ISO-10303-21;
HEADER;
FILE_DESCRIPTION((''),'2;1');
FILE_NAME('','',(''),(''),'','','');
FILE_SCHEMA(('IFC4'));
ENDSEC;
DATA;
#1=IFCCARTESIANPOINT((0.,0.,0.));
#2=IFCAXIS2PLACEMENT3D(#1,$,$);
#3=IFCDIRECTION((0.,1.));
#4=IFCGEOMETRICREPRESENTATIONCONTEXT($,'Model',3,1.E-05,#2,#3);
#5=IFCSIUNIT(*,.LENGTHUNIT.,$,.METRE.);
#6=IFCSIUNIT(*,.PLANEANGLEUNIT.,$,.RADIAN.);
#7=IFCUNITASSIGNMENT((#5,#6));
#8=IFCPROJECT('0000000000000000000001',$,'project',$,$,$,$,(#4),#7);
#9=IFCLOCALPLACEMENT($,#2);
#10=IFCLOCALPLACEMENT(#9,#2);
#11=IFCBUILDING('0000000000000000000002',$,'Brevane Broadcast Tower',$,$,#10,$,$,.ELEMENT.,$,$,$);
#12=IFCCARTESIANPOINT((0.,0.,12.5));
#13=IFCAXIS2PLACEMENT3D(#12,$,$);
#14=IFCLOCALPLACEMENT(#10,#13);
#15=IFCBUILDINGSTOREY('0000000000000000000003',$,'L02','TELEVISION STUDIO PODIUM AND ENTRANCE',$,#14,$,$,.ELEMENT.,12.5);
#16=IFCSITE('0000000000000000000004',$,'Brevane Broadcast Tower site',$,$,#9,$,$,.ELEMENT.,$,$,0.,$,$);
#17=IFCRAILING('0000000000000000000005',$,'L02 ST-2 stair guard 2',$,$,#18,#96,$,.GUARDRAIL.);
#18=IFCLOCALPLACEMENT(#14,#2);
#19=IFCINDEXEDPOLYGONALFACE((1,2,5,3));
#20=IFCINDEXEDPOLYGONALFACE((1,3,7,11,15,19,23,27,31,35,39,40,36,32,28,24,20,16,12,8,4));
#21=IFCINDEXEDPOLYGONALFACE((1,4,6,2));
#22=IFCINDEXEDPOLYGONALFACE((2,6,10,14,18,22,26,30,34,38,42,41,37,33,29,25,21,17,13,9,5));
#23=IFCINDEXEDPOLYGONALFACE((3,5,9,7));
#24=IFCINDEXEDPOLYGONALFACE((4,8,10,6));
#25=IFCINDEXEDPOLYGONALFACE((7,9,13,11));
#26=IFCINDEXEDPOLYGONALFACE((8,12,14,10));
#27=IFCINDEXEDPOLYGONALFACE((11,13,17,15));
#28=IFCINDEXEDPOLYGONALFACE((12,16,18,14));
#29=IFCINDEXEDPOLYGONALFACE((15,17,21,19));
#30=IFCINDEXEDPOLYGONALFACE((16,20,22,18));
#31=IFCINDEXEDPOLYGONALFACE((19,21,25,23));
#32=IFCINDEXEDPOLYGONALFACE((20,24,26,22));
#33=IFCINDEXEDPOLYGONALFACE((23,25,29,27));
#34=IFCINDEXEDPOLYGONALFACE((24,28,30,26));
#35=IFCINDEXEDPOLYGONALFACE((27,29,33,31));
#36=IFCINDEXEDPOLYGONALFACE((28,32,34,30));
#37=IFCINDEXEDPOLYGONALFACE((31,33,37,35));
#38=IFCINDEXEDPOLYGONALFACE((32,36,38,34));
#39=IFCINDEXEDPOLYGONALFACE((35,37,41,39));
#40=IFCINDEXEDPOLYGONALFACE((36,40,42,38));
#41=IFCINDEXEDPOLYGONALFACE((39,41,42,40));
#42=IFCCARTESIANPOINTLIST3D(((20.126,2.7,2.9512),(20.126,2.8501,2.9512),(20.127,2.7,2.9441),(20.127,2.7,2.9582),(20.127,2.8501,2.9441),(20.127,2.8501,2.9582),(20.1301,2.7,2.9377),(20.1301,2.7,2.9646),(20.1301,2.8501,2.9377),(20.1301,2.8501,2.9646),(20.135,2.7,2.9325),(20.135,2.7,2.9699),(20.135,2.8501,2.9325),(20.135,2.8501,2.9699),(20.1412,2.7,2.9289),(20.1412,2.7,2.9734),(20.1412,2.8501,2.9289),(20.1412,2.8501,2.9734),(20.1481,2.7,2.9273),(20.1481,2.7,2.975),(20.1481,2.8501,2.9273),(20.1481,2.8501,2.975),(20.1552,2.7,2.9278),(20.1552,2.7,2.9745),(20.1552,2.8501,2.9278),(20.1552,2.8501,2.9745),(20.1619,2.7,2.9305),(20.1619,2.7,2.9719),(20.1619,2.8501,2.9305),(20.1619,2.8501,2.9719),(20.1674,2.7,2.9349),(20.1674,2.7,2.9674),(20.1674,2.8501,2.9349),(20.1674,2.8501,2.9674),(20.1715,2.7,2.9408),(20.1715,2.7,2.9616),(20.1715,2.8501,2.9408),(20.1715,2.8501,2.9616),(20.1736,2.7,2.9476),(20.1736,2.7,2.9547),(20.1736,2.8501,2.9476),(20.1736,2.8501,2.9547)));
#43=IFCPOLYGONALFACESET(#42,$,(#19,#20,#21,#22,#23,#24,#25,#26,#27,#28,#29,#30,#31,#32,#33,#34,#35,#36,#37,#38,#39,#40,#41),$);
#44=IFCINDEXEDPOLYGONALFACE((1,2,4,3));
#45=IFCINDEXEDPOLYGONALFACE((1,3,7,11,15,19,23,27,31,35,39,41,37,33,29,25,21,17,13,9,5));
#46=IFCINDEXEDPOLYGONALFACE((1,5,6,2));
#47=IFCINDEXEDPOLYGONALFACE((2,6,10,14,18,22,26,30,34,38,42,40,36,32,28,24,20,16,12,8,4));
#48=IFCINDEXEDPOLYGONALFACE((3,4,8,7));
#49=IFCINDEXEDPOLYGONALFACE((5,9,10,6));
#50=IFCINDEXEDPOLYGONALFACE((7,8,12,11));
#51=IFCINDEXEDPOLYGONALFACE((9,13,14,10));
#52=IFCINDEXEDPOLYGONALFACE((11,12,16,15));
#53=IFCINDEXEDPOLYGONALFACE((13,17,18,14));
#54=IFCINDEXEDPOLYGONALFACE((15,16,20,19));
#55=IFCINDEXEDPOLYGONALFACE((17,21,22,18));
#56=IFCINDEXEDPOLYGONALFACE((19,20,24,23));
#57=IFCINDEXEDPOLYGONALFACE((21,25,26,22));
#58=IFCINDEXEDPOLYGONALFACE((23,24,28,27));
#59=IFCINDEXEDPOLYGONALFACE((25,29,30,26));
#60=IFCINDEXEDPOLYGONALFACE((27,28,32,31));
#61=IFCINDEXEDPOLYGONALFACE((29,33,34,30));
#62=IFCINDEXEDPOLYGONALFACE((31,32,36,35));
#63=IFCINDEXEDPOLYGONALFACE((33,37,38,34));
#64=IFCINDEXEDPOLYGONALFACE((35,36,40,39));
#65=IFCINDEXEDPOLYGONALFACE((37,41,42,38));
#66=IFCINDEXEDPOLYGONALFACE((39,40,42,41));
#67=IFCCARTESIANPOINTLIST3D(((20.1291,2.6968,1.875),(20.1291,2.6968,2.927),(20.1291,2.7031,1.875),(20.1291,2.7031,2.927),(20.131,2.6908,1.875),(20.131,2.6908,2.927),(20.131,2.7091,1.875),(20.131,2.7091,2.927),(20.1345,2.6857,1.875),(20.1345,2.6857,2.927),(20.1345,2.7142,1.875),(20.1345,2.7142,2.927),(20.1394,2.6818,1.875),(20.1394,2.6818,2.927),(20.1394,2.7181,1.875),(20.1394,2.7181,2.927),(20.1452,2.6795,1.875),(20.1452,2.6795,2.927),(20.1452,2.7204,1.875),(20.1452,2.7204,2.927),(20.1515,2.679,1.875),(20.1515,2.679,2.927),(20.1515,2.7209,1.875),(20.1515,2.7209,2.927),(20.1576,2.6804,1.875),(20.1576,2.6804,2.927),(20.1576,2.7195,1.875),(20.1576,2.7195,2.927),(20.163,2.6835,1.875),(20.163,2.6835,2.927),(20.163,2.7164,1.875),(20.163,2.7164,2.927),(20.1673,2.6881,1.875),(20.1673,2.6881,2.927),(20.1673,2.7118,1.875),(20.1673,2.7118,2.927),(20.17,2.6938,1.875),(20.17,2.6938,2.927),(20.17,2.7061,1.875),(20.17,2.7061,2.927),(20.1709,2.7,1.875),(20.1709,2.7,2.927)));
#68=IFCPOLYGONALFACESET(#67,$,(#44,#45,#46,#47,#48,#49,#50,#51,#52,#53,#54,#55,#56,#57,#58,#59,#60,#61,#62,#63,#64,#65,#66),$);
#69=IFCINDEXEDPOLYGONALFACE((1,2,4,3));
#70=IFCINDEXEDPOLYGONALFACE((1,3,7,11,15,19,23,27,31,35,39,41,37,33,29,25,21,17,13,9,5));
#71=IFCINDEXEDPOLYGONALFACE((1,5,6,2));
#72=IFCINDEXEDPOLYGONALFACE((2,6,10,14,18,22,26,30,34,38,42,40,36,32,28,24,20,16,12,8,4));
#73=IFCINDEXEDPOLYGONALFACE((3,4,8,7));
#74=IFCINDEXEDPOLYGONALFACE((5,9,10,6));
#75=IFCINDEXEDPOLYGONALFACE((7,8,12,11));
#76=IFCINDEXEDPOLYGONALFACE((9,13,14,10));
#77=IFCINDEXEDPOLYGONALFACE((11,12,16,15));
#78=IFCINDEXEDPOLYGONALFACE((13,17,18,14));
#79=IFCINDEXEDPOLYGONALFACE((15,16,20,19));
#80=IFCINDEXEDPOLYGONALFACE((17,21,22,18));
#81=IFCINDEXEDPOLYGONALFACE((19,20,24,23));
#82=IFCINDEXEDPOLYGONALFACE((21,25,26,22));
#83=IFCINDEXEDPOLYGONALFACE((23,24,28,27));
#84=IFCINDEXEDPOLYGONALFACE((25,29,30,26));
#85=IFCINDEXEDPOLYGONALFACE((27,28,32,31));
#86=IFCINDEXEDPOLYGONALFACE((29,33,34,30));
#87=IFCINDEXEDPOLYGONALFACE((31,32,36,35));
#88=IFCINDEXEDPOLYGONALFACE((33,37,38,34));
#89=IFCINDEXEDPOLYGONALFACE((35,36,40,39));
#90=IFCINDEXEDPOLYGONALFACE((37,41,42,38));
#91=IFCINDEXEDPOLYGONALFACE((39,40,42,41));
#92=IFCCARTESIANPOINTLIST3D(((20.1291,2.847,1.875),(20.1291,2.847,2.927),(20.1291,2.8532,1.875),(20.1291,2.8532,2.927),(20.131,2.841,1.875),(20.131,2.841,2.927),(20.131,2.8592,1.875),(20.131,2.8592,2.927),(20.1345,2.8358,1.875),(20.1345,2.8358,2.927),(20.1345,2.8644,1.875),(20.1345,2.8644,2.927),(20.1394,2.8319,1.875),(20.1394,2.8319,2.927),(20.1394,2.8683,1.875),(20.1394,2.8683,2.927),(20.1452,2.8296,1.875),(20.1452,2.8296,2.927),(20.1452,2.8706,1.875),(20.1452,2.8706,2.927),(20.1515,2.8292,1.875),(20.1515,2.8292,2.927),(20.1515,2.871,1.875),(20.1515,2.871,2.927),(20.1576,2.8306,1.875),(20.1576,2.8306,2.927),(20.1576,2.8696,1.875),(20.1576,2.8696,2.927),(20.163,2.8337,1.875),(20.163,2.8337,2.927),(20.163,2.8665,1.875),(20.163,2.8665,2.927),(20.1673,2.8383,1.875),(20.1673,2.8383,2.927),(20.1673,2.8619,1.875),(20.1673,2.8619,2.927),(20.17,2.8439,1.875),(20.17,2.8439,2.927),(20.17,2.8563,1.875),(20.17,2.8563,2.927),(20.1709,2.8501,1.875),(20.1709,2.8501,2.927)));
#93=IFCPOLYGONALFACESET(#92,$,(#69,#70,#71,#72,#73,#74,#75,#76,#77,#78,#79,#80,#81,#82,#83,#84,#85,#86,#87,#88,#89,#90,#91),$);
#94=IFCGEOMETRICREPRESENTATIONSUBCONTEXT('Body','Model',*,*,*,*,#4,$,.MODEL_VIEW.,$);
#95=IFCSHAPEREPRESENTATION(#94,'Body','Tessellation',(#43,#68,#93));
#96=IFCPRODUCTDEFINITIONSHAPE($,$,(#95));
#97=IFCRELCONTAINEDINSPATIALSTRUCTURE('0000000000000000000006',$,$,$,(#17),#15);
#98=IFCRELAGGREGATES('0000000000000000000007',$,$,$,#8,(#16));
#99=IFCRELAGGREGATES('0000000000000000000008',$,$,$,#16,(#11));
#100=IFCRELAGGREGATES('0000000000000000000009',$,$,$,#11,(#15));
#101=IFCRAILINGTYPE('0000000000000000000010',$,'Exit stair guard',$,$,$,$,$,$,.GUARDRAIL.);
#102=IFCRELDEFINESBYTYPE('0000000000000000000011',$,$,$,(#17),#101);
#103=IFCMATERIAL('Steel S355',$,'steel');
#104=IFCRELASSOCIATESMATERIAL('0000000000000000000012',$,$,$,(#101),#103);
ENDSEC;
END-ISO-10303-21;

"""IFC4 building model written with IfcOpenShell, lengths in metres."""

from ifc_helpers import new_model, si_unit, direction, frame, origin, origin_2d, place, context, subcontext, project, spatial, circle, extrude, material, type_object, element, save


model = new_model("IFC4")

# Units and contexts
model_context = context("Model", 3, precision=1e-05, world=origin(), true_north=direction((0.0, 1.0)))
body_context = subcontext(model_context, "Body", "Model", "MODEL_VIEW")
ifc_project = project(units=[si_unit("LENGTHUNIT", "METRE"), si_unit("PLANEANGLEUNIT", "RADIAN")], contexts=[model_context])

# Site, building, storey
site_placement = place(None, origin())
site = spatial("IfcSite", under=ifc_project, at=site_placement, Name="Brevane Broadcast Tower site", CompositionType="ELEMENT", RefElevation=0.0)
building_placement = place(site_placement, origin())
building = spatial("IfcBuilding", under=site, at=building_placement, Name="Brevane Broadcast Tower", CompositionType="ELEMENT")
storey_placement = place(building_placement, frame((0.0, 0.0, 12.5)))
storey = spatial("IfcBuildingStorey", under=building, at=storey_placement, Name="L02", Description="TELEVISION STUDIO PODIUM AND ENTRANCE", CompositionType="ELEMENT", Elevation=12.5)

# Railing
ifc_material_1 = material(Name="Steel S355", Category="steel")
railing_type_1 = type_object("IfcRailingType", Name="Exit stair guard", PredefinedType="GUARDRAIL", material=ifc_material_1)
railing_1_placement = place(storey_placement, frame((20.1499, 2.7, 1.875)))
element("IfcRailing", 1, at=railing_1_placement, inside=storey, type_object=railing_type_1, Name="L02 ST-2 stair guard 2", PredefinedType="GUARDRAIL", context=body_context, shape_type="SweptSolid", body=[
    extrude(circle(Radius=0.0239, at=origin_2d()), frame((0.0, 0.0, 1.0762), z_axis=(0.0, 1.0, 0.0), x_axis=(-1.0, 0.0, 0.0)), (0.0, 0.0, 1.0), 0.1501),
    extrude(circle(Radius=0.021, at=origin_2d()), origin(), (0.0, 0.0, 1.0), 1.052),
    extrude(circle(Radius=0.021, at=origin_2d()), frame((0.0, 0.1501, 0.0)), (0.0, 0.0, 1.0), 1.052),
])

save(model, "model.ifc")
